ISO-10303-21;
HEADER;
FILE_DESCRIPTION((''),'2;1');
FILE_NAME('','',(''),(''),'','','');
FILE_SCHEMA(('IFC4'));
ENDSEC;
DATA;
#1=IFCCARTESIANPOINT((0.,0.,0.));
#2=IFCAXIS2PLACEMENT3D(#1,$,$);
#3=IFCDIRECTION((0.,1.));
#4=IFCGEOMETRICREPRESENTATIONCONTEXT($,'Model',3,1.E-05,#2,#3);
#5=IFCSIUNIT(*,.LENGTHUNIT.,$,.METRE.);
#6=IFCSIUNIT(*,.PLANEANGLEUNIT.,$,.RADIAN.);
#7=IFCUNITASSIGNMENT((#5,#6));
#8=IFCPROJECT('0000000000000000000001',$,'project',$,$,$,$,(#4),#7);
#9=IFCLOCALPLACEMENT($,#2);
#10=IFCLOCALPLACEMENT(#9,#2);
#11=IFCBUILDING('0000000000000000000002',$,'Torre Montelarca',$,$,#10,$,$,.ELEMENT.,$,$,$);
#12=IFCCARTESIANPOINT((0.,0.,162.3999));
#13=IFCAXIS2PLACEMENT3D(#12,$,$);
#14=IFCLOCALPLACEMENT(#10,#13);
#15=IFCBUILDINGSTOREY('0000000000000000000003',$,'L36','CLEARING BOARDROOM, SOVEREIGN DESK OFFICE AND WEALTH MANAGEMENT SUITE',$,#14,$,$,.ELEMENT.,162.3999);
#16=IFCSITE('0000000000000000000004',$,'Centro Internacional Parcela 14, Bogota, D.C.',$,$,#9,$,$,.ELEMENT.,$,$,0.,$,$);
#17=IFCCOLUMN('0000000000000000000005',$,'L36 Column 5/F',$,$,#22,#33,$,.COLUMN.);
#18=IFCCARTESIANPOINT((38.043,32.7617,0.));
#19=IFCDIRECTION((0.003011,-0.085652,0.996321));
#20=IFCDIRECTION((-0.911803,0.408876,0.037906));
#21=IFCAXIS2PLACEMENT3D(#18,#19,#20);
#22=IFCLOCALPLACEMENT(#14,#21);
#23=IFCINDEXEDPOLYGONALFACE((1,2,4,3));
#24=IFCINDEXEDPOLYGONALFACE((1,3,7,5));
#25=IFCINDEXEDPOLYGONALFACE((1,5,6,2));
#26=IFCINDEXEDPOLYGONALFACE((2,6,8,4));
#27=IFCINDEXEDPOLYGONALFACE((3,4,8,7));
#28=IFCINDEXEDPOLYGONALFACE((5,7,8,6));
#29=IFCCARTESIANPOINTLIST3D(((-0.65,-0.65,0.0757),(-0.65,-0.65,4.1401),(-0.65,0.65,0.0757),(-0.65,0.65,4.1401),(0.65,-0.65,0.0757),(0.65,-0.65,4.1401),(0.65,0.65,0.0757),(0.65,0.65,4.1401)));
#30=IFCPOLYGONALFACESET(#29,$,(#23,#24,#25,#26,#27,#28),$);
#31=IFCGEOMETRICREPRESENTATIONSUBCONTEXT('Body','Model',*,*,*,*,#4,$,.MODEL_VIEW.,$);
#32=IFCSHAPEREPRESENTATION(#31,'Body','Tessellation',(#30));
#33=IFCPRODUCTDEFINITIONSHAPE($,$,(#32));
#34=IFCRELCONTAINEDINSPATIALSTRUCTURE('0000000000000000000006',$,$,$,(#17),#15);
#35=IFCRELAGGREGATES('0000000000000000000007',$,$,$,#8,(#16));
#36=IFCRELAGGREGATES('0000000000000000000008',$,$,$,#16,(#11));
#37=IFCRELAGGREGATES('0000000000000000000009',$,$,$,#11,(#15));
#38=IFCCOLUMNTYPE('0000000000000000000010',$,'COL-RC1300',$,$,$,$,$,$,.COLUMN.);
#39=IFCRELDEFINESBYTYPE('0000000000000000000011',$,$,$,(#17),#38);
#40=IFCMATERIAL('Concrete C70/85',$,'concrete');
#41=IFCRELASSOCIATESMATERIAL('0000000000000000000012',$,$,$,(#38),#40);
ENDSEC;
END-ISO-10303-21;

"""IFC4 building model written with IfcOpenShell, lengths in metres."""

from ifc_helpers import new_model, si_unit, direction, frame, origin, origin_2d, place, context, subcontext, project, spatial, rectangle, extrude, clip, halfspace, material, material_profile, profile_set, type_object, element, save


model = new_model("IFC4")

# Units and contexts
model_context = context("Model", 3, precision=1e-05, world=origin(), true_north=direction((0.0, 1.0)))
body_context = subcontext(model_context, "Body", "Model", "MODEL_VIEW")
ifc_project = project(units=[si_unit("LENGTHUNIT", "METRE"), si_unit("PLANEANGLEUNIT", "RADIAN")], contexts=[model_context])

# Site, building, storey
site_placement = place(None, origin())
site = spatial("IfcSite", under=ifc_project, at=site_placement, Name="Centro Internacional Parcela 14, Bogota, D.C.", CompositionType="ELEMENT", RefElevation=0.0)
building_placement = place(site_placement, origin())
building = spatial("IfcBuilding", under=site, at=building_placement, Name="Torre Montelarca", CompositionType="ELEMENT")
storey_placement = place(building_placement, frame((0.0, 0.0, 162.3999)))
storey = spatial("IfcBuildingStorey", under=building, at=storey_placement, Name="L36", Description="CLEARING BOARDROOM, SOVEREIGN DESK OFFICE AND WEALTH MANAGEMENT SUITE", CompositionType="ELEMENT", Elevation=162.3999)

# Column
ifc_material_1 = material(Name="Concrete C70/85", Category="concrete")
ifc_material_profile_1 = material_profile(ifc_material_1, rectangle(XDim=1.3, YDim=1.3, at=origin_2d()), Name="RC1300X1300", Category="concrete")
ifc_profile_set_1 = profile_set([ifc_material_profile_1], Name="Concrete C70/85")
column_type_1 = type_object("IfcColumnType", Name="COL-RC1300", PredefinedType="COLUMN", material=ifc_profile_set_1)
column_1_placement = place(storey_placement, frame((38.043, 32.7617, 0.0), z_axis=(0.003011, -0.085652, 0.996321), x_axis=(-0.911803, 0.408876, 0.037906)))
element("IfcColumn", 1, at=column_1_placement, inside=storey, type_object=column_type_1, Name="L36 Column 5/F", PredefinedType="COLUMN", context=body_context, shape_type="Clipping", body=[
    clip(clip(extrude(rectangle(XDim=1.3, YDim=1.3, at=origin_2d()), origin(), (0.0, 0.0, 1.0), 4.2158), halfspace(frame((0.0, 0.0, 0.0757), z_axis=(0.0, 0.0, -1.0), x_axis=(1.0, 0.0, 0.0)), False)), halfspace(frame((0.0, 0.0, 4.1401), z_axis=(0.0, 0.0, 1.0), x_axis=(1.0, 0.0, 0.0)), False)),
])

save(model, "model.ifc")
